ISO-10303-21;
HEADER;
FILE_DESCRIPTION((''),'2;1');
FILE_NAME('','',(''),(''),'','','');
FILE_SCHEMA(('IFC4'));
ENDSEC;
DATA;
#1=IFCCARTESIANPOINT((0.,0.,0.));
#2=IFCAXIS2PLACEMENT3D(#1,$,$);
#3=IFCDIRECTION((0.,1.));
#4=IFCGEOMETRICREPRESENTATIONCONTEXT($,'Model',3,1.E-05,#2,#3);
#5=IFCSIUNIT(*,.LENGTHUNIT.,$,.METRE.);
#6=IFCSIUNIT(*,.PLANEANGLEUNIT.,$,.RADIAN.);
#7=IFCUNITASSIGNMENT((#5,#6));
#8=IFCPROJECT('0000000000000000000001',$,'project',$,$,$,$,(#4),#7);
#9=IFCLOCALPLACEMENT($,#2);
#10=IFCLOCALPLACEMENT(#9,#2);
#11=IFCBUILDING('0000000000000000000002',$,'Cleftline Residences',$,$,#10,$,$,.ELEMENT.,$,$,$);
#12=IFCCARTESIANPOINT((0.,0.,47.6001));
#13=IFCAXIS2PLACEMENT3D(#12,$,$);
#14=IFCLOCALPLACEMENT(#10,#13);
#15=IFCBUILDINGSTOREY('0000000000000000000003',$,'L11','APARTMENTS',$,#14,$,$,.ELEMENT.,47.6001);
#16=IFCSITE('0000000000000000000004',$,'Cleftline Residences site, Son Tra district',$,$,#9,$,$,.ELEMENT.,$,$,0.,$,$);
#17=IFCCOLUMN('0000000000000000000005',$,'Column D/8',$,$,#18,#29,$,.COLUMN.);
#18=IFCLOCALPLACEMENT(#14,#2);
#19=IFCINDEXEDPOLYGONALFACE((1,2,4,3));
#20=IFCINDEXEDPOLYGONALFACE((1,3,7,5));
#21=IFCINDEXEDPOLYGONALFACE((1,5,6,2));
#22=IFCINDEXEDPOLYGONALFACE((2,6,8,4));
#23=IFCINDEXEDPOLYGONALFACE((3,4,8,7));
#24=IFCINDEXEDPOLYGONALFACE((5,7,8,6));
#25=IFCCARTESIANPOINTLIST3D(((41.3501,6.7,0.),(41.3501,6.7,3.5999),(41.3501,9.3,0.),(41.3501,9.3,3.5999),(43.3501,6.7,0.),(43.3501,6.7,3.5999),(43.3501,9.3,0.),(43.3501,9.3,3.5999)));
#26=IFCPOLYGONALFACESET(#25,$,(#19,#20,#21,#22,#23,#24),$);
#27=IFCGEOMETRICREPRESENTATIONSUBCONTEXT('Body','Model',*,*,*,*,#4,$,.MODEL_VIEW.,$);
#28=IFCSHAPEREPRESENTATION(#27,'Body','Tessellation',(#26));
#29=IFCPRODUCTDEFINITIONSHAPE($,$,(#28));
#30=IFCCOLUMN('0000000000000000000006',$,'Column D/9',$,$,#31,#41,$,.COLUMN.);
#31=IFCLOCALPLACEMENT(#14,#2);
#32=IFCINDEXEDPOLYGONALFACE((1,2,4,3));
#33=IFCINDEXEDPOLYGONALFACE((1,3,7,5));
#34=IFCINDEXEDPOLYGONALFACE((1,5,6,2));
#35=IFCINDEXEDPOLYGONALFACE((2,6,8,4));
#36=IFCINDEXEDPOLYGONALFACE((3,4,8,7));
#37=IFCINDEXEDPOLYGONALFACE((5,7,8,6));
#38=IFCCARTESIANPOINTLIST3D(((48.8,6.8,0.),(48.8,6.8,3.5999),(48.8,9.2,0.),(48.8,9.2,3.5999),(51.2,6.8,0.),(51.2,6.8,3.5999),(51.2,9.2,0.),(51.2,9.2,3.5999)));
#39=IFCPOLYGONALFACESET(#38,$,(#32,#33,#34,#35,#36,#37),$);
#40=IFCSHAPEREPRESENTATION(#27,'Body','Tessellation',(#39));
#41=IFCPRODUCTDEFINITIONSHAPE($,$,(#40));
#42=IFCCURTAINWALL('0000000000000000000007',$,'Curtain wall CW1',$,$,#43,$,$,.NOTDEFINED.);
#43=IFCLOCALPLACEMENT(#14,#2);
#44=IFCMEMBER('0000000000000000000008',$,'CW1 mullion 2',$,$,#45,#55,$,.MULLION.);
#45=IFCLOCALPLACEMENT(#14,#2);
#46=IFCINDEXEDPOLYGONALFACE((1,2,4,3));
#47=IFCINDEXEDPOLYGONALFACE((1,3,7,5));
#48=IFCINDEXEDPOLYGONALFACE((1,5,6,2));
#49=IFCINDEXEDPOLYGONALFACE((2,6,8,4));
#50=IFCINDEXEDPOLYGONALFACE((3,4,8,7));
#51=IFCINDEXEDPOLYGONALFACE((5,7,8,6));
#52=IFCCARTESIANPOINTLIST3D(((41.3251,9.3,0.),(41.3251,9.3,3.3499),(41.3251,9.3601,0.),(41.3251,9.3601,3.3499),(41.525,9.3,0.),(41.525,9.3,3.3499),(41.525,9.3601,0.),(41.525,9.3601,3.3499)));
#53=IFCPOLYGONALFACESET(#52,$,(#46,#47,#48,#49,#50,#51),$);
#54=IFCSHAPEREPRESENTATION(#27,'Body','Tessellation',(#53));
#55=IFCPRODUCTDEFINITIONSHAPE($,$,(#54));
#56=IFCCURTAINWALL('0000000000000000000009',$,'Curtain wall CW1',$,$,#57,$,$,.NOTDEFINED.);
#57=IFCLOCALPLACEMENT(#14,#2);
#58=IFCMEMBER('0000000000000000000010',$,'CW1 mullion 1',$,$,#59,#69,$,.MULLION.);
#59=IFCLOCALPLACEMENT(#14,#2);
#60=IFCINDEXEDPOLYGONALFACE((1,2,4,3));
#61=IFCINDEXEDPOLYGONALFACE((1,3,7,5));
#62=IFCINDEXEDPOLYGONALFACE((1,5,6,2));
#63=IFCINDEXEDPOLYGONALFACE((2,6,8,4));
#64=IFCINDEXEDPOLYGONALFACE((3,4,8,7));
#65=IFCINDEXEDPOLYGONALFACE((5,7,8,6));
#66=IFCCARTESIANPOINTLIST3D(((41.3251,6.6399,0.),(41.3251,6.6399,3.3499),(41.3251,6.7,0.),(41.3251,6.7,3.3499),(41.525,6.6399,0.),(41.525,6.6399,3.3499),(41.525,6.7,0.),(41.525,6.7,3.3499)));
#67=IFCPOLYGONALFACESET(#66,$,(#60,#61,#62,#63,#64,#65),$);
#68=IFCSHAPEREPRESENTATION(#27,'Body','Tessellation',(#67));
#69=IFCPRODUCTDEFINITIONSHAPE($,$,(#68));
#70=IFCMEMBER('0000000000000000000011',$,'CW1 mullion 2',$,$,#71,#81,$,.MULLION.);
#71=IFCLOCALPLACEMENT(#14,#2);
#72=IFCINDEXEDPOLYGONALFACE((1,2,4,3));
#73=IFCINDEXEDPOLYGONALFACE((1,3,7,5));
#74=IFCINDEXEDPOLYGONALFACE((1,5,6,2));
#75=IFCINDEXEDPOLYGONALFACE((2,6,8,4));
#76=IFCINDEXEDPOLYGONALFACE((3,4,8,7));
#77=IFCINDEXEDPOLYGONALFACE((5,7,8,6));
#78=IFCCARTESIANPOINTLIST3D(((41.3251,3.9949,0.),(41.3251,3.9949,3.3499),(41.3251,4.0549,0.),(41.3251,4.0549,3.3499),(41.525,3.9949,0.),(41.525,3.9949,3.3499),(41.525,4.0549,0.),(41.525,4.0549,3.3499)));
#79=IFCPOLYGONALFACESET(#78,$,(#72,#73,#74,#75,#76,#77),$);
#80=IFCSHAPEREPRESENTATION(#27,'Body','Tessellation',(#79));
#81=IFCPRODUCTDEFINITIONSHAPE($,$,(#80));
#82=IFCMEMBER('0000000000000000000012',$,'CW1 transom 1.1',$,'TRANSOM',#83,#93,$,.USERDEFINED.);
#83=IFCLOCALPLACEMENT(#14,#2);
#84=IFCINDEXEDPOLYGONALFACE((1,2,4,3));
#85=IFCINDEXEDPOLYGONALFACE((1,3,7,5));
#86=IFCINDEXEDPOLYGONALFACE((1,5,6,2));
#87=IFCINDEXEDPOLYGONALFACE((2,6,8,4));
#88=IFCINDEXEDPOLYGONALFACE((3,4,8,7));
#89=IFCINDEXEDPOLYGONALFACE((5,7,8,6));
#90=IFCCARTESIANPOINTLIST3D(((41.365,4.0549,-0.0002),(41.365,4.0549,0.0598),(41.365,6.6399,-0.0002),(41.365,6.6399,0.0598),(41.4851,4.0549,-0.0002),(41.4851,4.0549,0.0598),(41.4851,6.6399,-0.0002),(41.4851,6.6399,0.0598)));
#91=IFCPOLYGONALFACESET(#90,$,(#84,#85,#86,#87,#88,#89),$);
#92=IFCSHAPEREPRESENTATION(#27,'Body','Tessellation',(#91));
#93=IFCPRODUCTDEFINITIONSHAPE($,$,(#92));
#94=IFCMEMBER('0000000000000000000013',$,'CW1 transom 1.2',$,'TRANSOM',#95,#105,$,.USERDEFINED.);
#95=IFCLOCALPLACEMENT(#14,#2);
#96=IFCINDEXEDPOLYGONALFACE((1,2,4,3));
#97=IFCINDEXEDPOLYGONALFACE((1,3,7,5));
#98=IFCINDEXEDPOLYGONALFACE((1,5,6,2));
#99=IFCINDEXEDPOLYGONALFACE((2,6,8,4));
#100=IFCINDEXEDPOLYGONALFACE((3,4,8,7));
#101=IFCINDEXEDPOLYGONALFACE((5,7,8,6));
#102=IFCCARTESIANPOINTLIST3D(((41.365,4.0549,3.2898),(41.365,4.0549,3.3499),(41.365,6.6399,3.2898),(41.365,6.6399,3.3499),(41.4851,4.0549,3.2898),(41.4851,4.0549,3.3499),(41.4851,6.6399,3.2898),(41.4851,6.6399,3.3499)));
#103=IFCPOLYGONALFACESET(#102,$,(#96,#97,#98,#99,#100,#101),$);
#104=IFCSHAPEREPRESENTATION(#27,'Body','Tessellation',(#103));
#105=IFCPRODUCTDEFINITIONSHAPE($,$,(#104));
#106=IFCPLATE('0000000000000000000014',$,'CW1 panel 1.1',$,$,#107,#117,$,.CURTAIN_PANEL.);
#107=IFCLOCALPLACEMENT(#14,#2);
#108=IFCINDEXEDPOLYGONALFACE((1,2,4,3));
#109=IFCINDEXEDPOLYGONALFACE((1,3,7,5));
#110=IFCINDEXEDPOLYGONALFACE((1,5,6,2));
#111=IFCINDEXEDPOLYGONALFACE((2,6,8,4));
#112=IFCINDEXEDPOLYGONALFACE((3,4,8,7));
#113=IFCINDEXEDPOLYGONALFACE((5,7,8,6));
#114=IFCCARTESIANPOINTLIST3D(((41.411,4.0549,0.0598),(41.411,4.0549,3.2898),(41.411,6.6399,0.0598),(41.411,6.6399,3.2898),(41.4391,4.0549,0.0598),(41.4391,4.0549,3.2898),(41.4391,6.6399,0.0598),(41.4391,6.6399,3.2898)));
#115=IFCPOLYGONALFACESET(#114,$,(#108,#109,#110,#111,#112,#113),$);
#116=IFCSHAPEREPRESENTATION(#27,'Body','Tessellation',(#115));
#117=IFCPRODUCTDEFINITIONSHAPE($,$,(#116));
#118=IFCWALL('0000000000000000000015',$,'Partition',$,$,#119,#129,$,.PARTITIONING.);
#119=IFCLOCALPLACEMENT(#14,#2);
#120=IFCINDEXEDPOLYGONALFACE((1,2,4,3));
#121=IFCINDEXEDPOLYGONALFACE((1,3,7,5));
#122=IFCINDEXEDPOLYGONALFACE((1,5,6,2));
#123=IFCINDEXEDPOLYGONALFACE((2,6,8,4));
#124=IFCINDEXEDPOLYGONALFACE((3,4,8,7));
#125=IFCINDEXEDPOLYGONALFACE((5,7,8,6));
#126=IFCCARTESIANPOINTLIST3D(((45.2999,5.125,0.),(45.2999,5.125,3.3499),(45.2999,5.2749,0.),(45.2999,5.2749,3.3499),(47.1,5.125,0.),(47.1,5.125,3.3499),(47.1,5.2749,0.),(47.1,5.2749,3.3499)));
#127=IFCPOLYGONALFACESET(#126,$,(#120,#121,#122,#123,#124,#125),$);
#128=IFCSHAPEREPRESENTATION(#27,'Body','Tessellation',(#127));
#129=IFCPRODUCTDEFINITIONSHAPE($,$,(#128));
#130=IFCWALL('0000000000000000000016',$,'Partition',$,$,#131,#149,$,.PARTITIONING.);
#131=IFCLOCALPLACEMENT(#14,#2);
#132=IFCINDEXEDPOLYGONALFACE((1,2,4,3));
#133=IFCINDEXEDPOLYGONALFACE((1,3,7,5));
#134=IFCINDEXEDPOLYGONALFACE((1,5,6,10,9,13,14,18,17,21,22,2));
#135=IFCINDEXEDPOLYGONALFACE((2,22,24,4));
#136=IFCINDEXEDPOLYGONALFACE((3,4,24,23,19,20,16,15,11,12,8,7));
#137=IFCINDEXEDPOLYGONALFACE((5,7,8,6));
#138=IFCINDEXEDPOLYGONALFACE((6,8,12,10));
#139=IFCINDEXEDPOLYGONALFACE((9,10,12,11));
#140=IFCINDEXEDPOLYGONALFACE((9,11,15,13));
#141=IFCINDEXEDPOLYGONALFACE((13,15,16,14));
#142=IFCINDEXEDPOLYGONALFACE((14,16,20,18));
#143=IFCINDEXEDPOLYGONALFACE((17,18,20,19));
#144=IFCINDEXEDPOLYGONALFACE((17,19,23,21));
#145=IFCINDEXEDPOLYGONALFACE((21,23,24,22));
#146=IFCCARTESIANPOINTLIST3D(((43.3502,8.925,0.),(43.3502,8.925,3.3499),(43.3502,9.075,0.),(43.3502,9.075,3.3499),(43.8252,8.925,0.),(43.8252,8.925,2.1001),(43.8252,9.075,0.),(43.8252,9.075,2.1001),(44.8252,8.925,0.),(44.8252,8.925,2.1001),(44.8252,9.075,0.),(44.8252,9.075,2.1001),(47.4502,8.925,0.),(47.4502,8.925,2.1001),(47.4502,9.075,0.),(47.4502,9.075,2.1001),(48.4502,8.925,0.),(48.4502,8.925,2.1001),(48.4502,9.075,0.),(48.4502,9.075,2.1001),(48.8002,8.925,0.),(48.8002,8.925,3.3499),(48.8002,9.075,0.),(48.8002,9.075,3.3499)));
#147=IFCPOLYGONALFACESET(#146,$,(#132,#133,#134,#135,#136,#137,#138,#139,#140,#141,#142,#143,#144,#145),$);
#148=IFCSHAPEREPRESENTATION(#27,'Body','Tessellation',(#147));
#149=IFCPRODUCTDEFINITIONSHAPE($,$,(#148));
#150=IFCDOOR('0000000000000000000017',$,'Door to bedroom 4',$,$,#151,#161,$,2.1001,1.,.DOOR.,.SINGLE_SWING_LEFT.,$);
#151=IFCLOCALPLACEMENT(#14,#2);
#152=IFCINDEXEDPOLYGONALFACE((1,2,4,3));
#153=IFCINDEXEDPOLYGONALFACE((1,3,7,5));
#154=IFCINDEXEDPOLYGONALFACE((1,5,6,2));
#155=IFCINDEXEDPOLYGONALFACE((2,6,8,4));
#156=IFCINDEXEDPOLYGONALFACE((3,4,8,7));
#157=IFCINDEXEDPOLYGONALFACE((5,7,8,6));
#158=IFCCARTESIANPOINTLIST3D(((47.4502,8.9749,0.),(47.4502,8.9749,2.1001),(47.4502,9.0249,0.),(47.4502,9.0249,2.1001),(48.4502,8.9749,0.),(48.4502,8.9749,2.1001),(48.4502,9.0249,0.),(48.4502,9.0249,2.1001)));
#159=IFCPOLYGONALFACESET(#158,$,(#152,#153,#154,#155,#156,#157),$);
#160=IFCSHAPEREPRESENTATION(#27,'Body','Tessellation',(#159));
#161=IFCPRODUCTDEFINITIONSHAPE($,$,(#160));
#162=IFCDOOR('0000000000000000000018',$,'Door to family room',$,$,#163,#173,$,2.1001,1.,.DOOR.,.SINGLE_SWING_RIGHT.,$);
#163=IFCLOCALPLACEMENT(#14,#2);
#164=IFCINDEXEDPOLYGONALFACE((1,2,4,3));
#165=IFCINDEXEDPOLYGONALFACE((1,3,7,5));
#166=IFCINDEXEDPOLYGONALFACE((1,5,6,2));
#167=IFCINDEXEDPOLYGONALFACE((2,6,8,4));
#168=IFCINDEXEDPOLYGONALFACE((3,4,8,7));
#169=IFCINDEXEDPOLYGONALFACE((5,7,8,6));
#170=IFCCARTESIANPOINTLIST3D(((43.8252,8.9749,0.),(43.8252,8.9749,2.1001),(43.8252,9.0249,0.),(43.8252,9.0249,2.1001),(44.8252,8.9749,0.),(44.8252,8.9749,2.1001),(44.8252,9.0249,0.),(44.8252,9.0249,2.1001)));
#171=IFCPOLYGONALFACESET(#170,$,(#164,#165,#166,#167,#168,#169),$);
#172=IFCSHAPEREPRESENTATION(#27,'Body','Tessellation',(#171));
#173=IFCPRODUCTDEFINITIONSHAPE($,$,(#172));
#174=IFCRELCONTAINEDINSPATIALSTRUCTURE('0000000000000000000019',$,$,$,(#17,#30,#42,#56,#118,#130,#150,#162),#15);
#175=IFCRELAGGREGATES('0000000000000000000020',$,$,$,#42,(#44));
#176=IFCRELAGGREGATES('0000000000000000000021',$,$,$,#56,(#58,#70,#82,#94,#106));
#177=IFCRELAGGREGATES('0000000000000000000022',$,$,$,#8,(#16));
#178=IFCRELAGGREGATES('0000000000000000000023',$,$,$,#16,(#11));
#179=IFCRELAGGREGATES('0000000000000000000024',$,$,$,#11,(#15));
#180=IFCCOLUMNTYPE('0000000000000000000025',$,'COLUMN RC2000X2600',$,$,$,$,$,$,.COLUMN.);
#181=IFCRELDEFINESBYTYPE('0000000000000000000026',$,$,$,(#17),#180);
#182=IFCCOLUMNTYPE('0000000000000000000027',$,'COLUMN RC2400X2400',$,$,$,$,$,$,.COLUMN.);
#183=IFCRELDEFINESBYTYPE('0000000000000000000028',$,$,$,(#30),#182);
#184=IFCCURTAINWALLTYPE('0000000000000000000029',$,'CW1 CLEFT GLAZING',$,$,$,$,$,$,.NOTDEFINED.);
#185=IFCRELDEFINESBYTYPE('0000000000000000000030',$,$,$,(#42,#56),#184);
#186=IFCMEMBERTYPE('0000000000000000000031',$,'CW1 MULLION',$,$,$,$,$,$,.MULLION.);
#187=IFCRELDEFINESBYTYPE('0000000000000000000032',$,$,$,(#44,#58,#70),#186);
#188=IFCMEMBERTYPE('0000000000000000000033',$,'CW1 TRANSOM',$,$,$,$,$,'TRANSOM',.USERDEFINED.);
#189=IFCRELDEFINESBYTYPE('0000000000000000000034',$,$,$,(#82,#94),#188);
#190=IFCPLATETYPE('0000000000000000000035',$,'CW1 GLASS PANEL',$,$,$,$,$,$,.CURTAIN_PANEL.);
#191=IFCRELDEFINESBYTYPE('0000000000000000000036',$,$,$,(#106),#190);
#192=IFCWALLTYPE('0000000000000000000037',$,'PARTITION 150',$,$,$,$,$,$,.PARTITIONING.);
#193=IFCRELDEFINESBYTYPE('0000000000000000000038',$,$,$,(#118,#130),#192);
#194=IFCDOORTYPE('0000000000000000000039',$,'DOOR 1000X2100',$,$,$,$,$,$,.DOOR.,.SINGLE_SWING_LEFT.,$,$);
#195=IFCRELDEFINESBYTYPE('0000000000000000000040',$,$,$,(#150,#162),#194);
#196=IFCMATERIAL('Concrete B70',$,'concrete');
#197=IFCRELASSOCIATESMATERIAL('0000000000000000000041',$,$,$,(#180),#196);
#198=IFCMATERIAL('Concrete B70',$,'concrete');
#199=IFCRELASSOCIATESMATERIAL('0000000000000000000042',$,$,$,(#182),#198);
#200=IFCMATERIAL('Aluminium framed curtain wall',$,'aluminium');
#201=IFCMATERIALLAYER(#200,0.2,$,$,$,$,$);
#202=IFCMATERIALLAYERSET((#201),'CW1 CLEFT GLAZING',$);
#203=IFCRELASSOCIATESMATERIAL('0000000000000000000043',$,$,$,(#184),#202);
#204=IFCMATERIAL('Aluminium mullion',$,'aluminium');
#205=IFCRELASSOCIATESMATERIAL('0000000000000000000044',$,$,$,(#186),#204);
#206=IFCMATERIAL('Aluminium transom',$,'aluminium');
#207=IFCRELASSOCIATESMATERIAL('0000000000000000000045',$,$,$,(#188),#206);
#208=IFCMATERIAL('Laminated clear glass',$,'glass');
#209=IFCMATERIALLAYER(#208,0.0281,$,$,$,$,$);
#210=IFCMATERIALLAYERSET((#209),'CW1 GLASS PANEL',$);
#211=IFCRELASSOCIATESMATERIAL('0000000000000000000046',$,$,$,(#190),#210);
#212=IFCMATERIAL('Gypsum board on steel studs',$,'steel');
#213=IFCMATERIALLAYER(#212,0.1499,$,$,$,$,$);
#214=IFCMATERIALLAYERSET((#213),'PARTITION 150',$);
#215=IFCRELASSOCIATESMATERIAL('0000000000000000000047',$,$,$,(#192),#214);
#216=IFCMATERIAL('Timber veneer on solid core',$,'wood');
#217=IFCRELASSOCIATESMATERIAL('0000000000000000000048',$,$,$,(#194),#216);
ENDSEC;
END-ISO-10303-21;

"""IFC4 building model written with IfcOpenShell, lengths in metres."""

from ifc_helpers import new_model, si_unit, direction, frame, frame_2d, origin, origin_2d, place, context, subcontext, project, spatial, rectangle, extrude, material, layer, layer_set, material_profile, profile_set, type_object, element, fill, aggregate, save


model = new_model("IFC4")

# Units and contexts
model_context = context("Model", 3, precision=1e-05, world=origin(), true_north=direction((0.0, 1.0)))
body_context = subcontext(model_context, "Body", "Model", "MODEL_VIEW")
ifc_project = project(units=[si_unit("LENGTHUNIT", "METRE"), si_unit("PLANEANGLEUNIT", "RADIAN")], contexts=[model_context])

# Site, building, storey
site_placement = place(None, origin())
site = spatial("IfcSite", under=ifc_project, at=site_placement, Name="Cleftline Residences site, Son Tra district", CompositionType="ELEMENT", RefElevation=0.0)
building_placement = place(site_placement, origin())
building = spatial("IfcBuilding", under=site, at=building_placement, Name="Cleftline Residences", CompositionType="ELEMENT")
storey_placement = place(building_placement, frame((0.0, 0.0, 47.6001)))
storey = spatial("IfcBuildingStorey", under=building, at=storey_placement, Name="L11", Description="APARTMENTS", CompositionType="ELEMENT", Elevation=47.6001)

# Columns
ifc_material_1 = material(Name="Concrete B70", Category="concrete")
ifc_material_profile_1 = material_profile(ifc_material_1, rectangle(XDim=2.0, YDim=2.6001, at=origin_2d()))
ifc_profile_set_1 = profile_set([ifc_material_profile_1], Name="Concrete B70")
column_type_1 = type_object("IfcColumnType", Name="COLUMN RC2000X2600", PredefinedType="COLUMN", material=ifc_profile_set_1)
column_1_placement = place(storey_placement, frame((42.3501, 8.0, 0.0), z_axis=(0.0, 0.0, 1.0), x_axis=(1.0, 0.0, 0.0)))
element("IfcColumn", 1, at=column_1_placement, inside=storey, type_object=column_type_1, Name="Column D/8", PredefinedType="COLUMN", context=body_context, shape_type="SweptSolid", body=[
    extrude(rectangle(XDim=2.0, YDim=2.6001, at=origin_2d()), origin(), (0.0, 0.0, 1.0), 3.5999),
])
ifc_material_2 = material(Name="Concrete B70", Category="concrete")
ifc_material_profile_2 = material_profile(ifc_material_2, rectangle(XDim=2.3999, YDim=2.3999, at=origin_2d()))
ifc_profile_set_2 = profile_set([ifc_material_profile_2], Name="Concrete B70")
column_type_2 = type_object("IfcColumnType", Name="COLUMN RC2400X2400", PredefinedType="COLUMN", material=ifc_profile_set_2)
column_2_placement = place(storey_placement, frame((50.0, 8.0, 0.0), z_axis=(0.0, 0.0, 1.0), x_axis=(1.0, 0.0, 0.0)))
element("IfcColumn", 2, at=column_2_placement, inside=storey, type_object=column_type_2, Name="Column D/9", PredefinedType="COLUMN", context=body_context, shape_type="SweptSolid", body=[
    extrude(rectangle(XDim=2.3999, YDim=2.3999, at=origin_2d()), origin(), (0.0, 0.0, 1.0), 3.5999),
])

# Curtain wall, member
ifc_material_3 = material(Name="Aluminium framed curtain wall", Category="aluminium")
ifc_layer_1 = layer(ifc_material_3, 0.2)
ifc_layer_set_1 = layer_set([ifc_layer_1], Name="CW1 CLEFT GLAZING")
curtain_wall_type = type_object("IfcCurtainWallType", Name="CW1 CLEFT GLAZING", PredefinedType="NOTDEFINED", material=ifc_layer_set_1)
curtain_wall_1_placement = place(storey_placement, origin())
curtain_wall_1 = element("IfcCurtainWall", 3, at=curtain_wall_1_placement, inside=storey, type_object=curtain_wall_type, Name="Curtain wall CW1", PredefinedType="NOTDEFINED")
ifc_material_4 = material(Name="Aluminium mullion", Category="aluminium")
ifc_material_profile_3 = material_profile(ifc_material_4, rectangle(XDim=0.2, YDim=0.0601, at=origin_2d()))
ifc_profile_set_3 = profile_set([ifc_material_profile_3], Name="Aluminium mullion")
member_type_1 = type_object("IfcMemberType", Name="CW1 MULLION", PredefinedType="MULLION", material=ifc_profile_set_3)
member_1_placement = place(storey_placement, frame((41.425, 9.3301, 0.0), z_axis=(0.0, 0.0, 1.0), x_axis=(1.0, 0.0, 0.0)))
member_1 = element("IfcMember", 4, at=member_1_placement, type_object=member_type_1, Name="CW1 mullion 2", PredefinedType="MULLION", context=body_context, shape_type="SweptSolid", body=[
    extrude(rectangle(XDim=0.2, YDim=0.0601, at=origin_2d()), origin(), (0.0, 0.0, 1.0), 3.3499),
])
aggregate(curtain_wall_1, [member_1])

# Curtain wall, members, plate
curtain_wall_2_placement = place(storey_placement, origin())
curtain_wall_2 = element("IfcCurtainWall", 5, at=curtain_wall_2_placement, inside=storey, type_object=curtain_wall_type, Name="Curtain wall CW1", PredefinedType="NOTDEFINED")
member_2_placement = place(storey_placement, frame((41.425, 6.6699, 0.0), z_axis=(0.0, 0.0, 1.0), x_axis=(1.0, 0.0, 0.0)))
member_2 = element("IfcMember", 6, at=member_2_placement, type_object=member_type_1, Name="CW1 mullion 1", PredefinedType="MULLION", context=body_context, shape_type="SweptSolid", body=[
    extrude(rectangle(XDim=0.2, YDim=0.0601, at=origin_2d()), origin(), (0.0, 0.0, 1.0), 3.3499),
])
member_3_placement = place(storey_placement, frame((41.425, 4.0249, 0.0), z_axis=(0.0, 0.0, 1.0), x_axis=(1.0, 0.0, 0.0)))
member_3 = element("IfcMember", 7, at=member_3_placement, type_object=member_type_1, Name="CW1 mullion 2", PredefinedType="MULLION", context=body_context, shape_type="SweptSolid", body=[
    extrude(rectangle(XDim=0.2, YDim=0.0601, at=origin_2d()), origin(), (0.0, 0.0, 1.0), 3.3499),
])
ifc_material_5 = material(Name="Aluminium transom", Category="aluminium")
ifc_material_profile_4 = material_profile(ifc_material_5, rectangle(XDim=0.1201, YDim=0.0601, at=origin_2d()))
ifc_profile_set_4 = profile_set([ifc_material_profile_4], Name="Aluminium transom")
member_type_2 = type_object("IfcMemberType", Name="CW1 TRANSOM", ElementType="TRANSOM", PredefinedType="USERDEFINED", material=ifc_profile_set_4)
member_4_placement = place(storey_placement, frame((41.425, 6.6399, 0.0298), z_axis=(0.0, -1.0, 0.0), x_axis=(1.0, 0.0, 0.0)))
member_4 = element("IfcMember", 8, at=member_4_placement, type_object=member_type_2, Name="CW1 transom 1.1", ObjectType="TRANSOM", PredefinedType="USERDEFINED", context=body_context, shape_type="SweptSolid", body=[
    extrude(rectangle(XDim=0.1201, YDim=0.0601, at=origin_2d()), origin(), (0.0, 0.0, 1.0), 2.585),
])
member_5_placement = place(storey_placement, frame((41.425, 6.6399, 3.3198), z_axis=(0.0, -1.0, 0.0), x_axis=(1.0, 0.0, 0.0)))
member_5 = element("IfcMember", 9, at=member_5_placement, type_object=member_type_2, Name="CW1 transom 1.2", ObjectType="TRANSOM", PredefinedType="USERDEFINED", context=body_context, shape_type="SweptSolid", body=[
    extrude(rectangle(XDim=0.1201, YDim=0.0601, at=origin_2d()), origin(), (0.0, 0.0, 1.0), 2.585),
])
ifc_material_6 = material(Name="Laminated clear glass", Category="glass")
ifc_layer_2 = layer(ifc_material_6, 0.0281)
ifc_layer_set_2 = layer_set([ifc_layer_2], Name="CW1 GLASS PANEL")
plate_type = type_object("IfcPlateType", Name="CW1 GLASS PANEL", PredefinedType="CURTAIN_PANEL", material=ifc_layer_set_2)
plate_placement = place(storey_placement, frame((41.425, 5.3474, 0.0598), z_axis=(0.0, 0.0, 1.0), x_axis=(0.0, -1.0, 0.0)))
plate = element("IfcPlate", 10, at=plate_placement, type_object=plate_type, Name="CW1 panel 1.1", PredefinedType="CURTAIN_PANEL", context=body_context, shape_type="SweptSolid", body=[
    extrude(rectangle(XDim=2.585, YDim=0.0281, at=origin_2d()), origin(), (0.0, 0.0, 1.0), 3.23),
])
aggregate(curtain_wall_2, [member_2, member_3, member_4, member_5, plate])

# Wall
ifc_material_7 = material(Name="Gypsum board on steel studs", Category="steel")
ifc_layer_3 = layer(ifc_material_7, 0.1499)
ifc_layer_set_3 = layer_set([ifc_layer_3], Name="PARTITION 150")
wall_type = type_object("IfcWallType", Name="PARTITION 150", PredefinedType="PARTITIONING", material=ifc_layer_set_3)
wall_1_placement = place(storey_placement, frame((45.3, 5.2, 0.0), z_axis=(0.0, 0.0, 1.0), x_axis=(1.0, 0.0, 0.0)))
element("IfcWall", 11, at=wall_1_placement, inside=storey, type_object=wall_type, Name="Partition", PredefinedType="PARTITIONING", context=body_context, shape_type="SweptSolid", body=[
    extrude(rectangle(XDim=1.8, YDim=0.1499, at=frame_2d((0.8999, 0.0))), origin(), (0.0, 0.0, 1.0), 3.3499),
])

# Wall, openings, doors
wall_2_placement = place(storey_placement, frame((43.3501, 9.0, 0.0), z_axis=(0.0, 0.0, 1.0), x_axis=(1.0, 0.0, 0.0)))
wall_2 = element("IfcWall", 12, at=wall_2_placement, inside=storey, type_object=wall_type, Name="Partition", PredefinedType="PARTITIONING", context=body_context, shape_type="SweptSolid", body=[
    extrude(rectangle(XDim=5.45, YDim=0.1499, at=frame_2d((2.7251, 0.0))), origin(), (0.0, 0.0, 1.0), 3.3499),
])
opening_1_placement = place(wall_2_placement, frame((4.1001, 0.0, 0.0)))
opening_1 = element("IfcOpeningElement", 13, at=opening_1_placement, cuts=wall_2, PredefinedType="OPENING", context=body_context, shape_type="SweptSolid", body=[
    extrude(rectangle(XDim=1.0, YDim=2.1001, at=frame_2d((0.5, 1.05))), frame((0.0, 0.085, 0.0), z_axis=(0.0, -1.0, 0.0), x_axis=(1.0, 0.0, 0.0)), (0.0, 0.0, 1.0), 0.1699),
])
opening_2_placement = place(wall_2_placement, frame((0.4751, 0.0, 0.0)))
opening_2 = element("IfcOpeningElement", 14, at=opening_2_placement, cuts=wall_2, PredefinedType="OPENING", context=body_context, shape_type="SweptSolid", body=[
    extrude(rectangle(XDim=1.0, YDim=2.1001, at=frame_2d((0.5, 1.05))), frame((0.0, 0.085, 0.0), z_axis=(0.0, -1.0, 0.0), x_axis=(1.0, 0.0, 0.0)), (0.0, 0.0, 1.0), 0.1699),
])
ifc_material_8 = material(Name="Timber veneer on solid core", Category="wood")
door_type_1 = type_object("IfcDoorType", Name="DOOR 1000X2100", OperationType="SINGLE_SWING_LEFT", PredefinedType="DOOR", material=ifc_material_8)
door_1_placement = place(opening_1_placement, origin())
door_1 = element("IfcDoor", 15, at=door_1_placement, inside=storey, type_object=door_type_1, Name="Door to bedroom 4", OperationType="SINGLE_SWING_LEFT", OverallHeight=2.1001, OverallWidth=1.0, PredefinedType="DOOR", context=body_context, shape_type="SweptSolid", body=[
    extrude(rectangle(XDim=1.0, YDim=2.1001, at=frame_2d((0.5, 1.05))), frame((0.0, 0.0249, 0.0), z_axis=(0.0, -1.0, 0.0), x_axis=(1.0, 0.0, 0.0)), (0.0, 0.0, 1.0), 0.05),
])
fill(opening_1, door_1)
door_2_placement = place(opening_2_placement, origin())
door_2 = element("IfcDoor", 16, at=door_2_placement, inside=storey, type_object=door_type_1, Name="Door to family room", OperationType="SINGLE_SWING_RIGHT", OverallHeight=2.1001, OverallWidth=1.0, PredefinedType="DOOR", context=body_context, shape_type="SweptSolid", body=[
    extrude(rectangle(XDim=1.0, YDim=2.1001, at=frame_2d((0.5, 1.05))), frame((0.0, 0.0249, 0.0), z_axis=(0.0, -1.0, 0.0), x_axis=(1.0, 0.0, 0.0)), (0.0, 0.0, 1.0), 0.05),
])
fill(opening_2, door_2)

save(model, "model.ifc")
